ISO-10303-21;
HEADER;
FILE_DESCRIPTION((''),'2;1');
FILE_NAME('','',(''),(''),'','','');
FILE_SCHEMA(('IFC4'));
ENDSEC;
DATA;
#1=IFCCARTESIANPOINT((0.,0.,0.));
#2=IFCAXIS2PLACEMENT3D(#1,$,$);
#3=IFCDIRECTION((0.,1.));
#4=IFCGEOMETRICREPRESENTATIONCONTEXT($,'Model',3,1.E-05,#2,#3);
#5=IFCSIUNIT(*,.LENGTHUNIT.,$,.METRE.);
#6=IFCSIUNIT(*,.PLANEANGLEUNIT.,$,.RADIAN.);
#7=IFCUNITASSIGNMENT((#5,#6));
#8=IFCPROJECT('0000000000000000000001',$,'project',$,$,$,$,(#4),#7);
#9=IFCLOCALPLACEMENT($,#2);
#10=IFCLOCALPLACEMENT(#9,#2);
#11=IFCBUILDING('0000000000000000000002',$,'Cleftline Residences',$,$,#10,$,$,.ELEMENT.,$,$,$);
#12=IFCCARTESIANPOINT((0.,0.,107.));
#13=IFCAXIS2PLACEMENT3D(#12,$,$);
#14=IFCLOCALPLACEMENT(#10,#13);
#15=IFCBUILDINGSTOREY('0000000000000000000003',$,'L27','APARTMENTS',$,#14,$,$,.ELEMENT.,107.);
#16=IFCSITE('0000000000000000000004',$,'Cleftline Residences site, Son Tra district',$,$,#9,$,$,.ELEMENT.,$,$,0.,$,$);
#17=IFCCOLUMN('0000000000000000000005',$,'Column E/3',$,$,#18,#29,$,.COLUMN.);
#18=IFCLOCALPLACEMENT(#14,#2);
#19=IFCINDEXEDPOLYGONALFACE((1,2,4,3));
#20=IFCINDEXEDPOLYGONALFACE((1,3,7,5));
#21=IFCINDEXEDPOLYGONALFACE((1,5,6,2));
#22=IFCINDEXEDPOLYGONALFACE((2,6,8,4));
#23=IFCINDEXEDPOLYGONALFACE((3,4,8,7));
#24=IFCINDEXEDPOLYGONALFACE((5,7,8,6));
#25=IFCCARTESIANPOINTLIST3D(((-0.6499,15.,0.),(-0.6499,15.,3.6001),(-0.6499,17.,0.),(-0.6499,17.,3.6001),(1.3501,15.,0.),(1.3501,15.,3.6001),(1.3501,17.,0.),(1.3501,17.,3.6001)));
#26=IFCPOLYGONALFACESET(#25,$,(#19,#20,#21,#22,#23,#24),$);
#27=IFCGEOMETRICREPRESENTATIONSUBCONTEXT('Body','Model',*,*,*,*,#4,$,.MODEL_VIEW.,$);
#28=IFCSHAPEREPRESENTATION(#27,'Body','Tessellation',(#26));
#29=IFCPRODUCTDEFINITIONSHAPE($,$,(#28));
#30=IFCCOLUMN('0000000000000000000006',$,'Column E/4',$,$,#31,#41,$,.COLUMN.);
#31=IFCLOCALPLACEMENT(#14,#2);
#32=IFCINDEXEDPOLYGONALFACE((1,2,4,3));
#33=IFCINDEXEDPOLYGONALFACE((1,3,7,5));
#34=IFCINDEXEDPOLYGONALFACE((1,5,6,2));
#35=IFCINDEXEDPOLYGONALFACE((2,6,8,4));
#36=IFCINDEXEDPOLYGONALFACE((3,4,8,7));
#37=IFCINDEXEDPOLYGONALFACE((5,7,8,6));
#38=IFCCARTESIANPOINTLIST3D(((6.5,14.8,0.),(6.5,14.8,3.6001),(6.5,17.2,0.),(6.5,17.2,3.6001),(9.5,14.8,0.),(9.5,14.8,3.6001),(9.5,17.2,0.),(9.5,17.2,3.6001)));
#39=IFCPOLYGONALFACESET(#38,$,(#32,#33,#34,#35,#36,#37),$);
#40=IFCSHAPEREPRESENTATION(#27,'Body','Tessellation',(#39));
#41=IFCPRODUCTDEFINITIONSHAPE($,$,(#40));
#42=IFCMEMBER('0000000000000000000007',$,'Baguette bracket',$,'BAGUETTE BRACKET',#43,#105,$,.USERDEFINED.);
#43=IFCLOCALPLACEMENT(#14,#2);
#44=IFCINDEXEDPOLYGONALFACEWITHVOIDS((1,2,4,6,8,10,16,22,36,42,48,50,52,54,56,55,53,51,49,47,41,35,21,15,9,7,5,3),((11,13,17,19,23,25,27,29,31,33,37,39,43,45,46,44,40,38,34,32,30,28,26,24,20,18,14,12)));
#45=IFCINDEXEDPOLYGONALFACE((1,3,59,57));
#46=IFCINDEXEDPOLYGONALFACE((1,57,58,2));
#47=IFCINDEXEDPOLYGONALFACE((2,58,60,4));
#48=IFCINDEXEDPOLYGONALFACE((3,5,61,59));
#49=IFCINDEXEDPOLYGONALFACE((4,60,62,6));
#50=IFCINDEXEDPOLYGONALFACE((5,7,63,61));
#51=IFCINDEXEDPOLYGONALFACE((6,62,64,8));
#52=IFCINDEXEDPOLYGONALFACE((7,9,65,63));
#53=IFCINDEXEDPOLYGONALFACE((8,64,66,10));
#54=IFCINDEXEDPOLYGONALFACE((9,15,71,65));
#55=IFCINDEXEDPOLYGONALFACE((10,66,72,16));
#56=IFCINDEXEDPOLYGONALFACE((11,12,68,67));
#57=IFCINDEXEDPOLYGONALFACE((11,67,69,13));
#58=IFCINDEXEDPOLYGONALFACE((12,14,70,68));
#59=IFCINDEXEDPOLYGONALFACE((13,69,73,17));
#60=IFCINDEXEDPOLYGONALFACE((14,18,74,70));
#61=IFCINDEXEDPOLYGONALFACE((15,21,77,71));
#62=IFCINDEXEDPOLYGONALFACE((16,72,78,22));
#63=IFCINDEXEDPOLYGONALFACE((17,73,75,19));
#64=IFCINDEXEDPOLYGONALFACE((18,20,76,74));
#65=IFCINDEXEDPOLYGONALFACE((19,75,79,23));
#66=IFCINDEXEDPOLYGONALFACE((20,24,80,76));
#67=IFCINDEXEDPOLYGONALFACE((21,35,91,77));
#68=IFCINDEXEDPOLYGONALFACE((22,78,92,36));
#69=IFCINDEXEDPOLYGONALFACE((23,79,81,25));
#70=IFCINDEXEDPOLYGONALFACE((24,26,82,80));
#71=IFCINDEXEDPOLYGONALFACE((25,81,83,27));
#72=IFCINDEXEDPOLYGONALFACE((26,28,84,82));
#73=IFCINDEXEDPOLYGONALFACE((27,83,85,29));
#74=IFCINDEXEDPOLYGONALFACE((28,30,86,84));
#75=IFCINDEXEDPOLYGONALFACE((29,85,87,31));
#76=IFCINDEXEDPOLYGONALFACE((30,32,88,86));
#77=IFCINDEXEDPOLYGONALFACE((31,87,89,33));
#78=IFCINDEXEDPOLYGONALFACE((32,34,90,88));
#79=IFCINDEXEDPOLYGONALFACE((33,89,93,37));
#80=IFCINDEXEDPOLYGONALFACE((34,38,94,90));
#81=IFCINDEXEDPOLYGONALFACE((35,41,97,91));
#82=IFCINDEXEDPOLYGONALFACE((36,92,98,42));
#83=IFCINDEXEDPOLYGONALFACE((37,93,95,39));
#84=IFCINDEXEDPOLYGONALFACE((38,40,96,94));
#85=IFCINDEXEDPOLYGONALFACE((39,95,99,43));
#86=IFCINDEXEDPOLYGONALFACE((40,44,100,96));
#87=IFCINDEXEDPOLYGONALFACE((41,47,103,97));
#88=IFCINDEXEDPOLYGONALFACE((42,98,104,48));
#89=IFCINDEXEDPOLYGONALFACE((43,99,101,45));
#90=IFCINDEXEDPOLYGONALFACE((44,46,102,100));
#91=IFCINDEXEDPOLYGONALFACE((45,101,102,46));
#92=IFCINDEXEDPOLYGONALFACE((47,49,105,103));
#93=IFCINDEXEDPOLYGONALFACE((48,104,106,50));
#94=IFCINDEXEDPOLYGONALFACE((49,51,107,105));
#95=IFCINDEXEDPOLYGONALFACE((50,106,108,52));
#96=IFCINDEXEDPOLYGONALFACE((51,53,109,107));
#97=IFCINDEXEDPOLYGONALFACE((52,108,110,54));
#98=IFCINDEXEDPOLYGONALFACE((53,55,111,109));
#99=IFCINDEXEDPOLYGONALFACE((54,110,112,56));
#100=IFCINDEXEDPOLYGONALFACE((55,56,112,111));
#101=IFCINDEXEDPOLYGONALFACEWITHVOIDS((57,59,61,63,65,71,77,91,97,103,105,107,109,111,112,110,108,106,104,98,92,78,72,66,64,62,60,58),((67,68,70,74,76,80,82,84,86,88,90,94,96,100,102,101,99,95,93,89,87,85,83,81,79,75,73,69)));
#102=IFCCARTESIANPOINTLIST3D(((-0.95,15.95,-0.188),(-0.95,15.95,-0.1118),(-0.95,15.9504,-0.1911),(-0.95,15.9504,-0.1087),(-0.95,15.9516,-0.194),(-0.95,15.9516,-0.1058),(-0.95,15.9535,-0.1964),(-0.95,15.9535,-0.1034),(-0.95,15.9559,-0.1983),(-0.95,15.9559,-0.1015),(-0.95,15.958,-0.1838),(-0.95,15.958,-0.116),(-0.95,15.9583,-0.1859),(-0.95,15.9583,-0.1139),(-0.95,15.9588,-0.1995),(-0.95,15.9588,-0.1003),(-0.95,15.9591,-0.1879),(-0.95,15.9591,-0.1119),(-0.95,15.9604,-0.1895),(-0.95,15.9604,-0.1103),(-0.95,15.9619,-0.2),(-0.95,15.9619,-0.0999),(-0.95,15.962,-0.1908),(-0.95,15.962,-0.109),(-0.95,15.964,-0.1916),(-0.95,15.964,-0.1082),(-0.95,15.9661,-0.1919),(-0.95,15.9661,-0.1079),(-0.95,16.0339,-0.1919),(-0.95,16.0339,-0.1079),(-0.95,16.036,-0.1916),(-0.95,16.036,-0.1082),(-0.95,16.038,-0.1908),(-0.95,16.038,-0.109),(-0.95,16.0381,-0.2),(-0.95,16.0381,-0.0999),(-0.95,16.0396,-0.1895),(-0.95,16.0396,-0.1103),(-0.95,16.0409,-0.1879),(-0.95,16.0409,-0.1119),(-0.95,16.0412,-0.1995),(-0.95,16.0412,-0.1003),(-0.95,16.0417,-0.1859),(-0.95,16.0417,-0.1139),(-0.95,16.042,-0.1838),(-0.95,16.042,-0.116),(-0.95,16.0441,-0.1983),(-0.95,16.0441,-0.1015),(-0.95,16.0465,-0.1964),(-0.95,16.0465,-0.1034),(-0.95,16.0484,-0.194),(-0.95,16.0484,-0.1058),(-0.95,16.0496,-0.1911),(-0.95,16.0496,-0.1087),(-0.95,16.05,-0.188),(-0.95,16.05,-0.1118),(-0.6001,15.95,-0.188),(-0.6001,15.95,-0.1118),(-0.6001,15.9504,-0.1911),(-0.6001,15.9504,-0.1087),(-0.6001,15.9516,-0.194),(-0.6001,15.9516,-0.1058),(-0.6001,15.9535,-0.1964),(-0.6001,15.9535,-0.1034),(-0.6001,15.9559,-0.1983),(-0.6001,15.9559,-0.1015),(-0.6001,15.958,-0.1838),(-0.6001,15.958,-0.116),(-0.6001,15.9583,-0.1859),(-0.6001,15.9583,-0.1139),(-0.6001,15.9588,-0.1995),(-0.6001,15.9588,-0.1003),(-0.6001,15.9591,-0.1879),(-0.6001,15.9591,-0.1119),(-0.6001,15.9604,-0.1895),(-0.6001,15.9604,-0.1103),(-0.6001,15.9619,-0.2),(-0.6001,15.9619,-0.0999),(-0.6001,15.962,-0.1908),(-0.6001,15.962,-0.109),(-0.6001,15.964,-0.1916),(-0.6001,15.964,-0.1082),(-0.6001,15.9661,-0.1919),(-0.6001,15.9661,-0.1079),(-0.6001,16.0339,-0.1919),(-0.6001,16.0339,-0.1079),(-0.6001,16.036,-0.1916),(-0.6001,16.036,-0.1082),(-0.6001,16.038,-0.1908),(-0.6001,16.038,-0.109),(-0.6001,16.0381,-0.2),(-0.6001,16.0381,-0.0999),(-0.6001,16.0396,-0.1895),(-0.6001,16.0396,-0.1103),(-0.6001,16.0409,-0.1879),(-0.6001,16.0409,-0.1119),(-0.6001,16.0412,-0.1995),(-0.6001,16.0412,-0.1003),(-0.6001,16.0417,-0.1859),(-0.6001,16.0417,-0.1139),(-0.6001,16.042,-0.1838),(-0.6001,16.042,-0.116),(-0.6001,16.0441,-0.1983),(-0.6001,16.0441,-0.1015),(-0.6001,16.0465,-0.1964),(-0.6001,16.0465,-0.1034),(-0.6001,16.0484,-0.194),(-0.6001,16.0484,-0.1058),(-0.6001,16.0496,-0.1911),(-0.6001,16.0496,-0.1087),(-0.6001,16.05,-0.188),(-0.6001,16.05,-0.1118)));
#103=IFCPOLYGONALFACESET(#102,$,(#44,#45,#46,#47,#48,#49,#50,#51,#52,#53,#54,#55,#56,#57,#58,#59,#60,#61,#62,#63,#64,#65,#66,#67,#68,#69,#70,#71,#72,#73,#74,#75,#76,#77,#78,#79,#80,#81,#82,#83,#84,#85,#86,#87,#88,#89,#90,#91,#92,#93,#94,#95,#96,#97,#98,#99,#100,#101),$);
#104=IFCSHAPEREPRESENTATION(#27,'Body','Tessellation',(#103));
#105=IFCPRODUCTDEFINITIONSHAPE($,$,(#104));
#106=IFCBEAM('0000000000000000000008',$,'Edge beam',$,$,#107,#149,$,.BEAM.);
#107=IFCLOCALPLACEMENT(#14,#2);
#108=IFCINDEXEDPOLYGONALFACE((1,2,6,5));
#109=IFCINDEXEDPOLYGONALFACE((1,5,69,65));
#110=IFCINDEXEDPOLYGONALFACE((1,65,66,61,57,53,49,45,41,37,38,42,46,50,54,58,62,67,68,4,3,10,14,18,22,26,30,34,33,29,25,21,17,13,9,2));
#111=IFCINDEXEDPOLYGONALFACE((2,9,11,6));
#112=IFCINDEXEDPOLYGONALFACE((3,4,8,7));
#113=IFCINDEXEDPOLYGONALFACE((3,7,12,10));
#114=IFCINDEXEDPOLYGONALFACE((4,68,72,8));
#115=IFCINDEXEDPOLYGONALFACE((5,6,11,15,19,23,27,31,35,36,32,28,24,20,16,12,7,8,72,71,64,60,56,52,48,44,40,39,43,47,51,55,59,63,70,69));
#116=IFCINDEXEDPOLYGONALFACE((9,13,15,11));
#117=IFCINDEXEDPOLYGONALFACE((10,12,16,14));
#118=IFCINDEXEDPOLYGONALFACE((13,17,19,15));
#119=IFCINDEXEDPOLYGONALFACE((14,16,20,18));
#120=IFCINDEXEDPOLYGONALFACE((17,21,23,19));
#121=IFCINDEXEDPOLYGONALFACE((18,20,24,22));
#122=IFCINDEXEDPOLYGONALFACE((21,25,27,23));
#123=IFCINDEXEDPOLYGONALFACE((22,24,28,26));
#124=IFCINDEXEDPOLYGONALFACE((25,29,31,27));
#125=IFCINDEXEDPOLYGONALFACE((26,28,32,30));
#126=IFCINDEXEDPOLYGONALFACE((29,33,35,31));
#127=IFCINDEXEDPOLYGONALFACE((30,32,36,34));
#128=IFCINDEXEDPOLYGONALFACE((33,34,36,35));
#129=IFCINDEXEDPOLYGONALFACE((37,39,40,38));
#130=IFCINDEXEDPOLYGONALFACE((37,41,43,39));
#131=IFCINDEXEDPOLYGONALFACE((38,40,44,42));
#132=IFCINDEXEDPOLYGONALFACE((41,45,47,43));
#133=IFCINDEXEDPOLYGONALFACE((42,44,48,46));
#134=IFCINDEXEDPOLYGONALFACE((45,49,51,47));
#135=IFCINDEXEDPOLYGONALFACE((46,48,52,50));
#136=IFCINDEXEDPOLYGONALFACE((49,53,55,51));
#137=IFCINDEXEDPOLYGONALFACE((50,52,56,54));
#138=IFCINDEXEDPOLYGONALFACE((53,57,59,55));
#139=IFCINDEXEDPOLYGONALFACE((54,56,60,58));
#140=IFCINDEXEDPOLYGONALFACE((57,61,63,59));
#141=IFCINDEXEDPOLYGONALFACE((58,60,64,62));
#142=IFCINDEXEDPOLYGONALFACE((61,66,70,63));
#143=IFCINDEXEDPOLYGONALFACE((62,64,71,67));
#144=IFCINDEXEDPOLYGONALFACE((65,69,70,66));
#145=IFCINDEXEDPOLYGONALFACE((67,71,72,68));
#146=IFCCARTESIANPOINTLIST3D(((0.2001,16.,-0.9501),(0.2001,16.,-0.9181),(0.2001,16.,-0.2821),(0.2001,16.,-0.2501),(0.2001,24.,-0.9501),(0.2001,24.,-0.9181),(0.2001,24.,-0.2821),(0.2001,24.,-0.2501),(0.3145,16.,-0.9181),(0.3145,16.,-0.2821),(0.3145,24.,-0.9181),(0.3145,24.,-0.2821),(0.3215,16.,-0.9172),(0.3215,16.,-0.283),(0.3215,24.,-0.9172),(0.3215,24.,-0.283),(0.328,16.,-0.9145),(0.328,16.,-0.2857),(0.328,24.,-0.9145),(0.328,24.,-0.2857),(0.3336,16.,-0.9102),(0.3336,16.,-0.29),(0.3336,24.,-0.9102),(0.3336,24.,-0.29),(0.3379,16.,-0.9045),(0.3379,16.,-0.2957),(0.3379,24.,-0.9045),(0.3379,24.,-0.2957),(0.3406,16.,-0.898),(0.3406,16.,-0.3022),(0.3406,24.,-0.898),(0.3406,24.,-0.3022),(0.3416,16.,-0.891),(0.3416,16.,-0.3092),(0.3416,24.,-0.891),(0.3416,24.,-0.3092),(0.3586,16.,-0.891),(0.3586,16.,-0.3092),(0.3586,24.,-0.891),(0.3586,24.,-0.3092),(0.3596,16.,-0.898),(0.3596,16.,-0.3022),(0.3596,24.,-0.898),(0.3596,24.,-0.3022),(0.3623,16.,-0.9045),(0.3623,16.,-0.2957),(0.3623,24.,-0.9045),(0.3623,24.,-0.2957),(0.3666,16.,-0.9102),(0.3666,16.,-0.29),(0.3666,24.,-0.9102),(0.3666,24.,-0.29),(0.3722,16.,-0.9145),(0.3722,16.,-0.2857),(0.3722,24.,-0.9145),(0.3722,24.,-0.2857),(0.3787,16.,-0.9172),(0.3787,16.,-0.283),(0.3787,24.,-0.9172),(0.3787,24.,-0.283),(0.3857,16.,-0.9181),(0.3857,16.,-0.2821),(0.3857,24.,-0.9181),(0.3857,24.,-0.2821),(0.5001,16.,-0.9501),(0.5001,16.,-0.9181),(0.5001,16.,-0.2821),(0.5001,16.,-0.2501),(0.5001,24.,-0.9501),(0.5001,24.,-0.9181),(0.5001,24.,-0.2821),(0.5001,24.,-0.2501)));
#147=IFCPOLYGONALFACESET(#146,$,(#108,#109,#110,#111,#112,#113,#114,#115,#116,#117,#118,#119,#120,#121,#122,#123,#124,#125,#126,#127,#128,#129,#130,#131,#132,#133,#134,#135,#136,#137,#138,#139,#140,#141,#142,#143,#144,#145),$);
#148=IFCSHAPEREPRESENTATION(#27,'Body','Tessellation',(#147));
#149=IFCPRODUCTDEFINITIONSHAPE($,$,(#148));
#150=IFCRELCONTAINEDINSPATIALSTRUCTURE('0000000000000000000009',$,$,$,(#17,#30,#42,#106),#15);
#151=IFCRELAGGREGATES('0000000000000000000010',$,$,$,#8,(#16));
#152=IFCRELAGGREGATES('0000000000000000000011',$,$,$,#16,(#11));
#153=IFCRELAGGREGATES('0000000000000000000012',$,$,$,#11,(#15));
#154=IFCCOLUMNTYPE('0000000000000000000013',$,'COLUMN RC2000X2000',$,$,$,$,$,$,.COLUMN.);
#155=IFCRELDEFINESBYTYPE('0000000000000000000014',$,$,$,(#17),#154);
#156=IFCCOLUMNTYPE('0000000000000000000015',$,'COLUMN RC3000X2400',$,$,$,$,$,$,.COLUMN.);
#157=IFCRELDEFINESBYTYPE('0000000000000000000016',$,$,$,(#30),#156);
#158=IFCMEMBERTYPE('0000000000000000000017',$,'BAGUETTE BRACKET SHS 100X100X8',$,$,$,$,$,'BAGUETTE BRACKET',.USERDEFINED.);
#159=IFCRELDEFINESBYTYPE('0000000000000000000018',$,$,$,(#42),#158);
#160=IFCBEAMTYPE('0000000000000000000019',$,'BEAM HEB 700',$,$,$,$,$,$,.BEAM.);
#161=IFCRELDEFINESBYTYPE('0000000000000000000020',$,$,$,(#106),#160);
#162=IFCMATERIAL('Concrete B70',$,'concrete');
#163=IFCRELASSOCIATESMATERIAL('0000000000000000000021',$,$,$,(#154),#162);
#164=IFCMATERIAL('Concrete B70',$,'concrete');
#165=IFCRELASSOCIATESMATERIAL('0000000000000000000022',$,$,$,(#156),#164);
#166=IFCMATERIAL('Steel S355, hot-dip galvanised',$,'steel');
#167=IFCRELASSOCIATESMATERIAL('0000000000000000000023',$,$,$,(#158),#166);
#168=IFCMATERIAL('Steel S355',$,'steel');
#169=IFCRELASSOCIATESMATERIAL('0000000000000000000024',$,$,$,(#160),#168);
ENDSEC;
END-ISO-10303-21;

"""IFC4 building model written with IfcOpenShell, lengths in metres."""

from ifc_helpers import new_model, si_unit, direction, frame, origin, origin_2d, place, context, subcontext, project, spatial, rectangle, hollow_rectangle, i_section, extrude, material, material_profile, profile_set, type_object, element, save


model = new_model("IFC4")

# Units and contexts
model_context = context("Model", 3, precision=1e-05, world=origin(), true_north=direction((0.0, 1.0)))
body_context = subcontext(model_context, "Body", "Model", "MODEL_VIEW")
ifc_project = project(units=[si_unit("LENGTHUNIT", "METRE"), si_unit("PLANEANGLEUNIT", "RADIAN")], contexts=[model_context])

# Site, building, storey
site_placement = place(None, origin())
site = spatial("IfcSite", under=ifc_project, at=site_placement, Name="Cleftline Residences site, Son Tra district", CompositionType="ELEMENT", RefElevation=0.0)
building_placement = place(site_placement, origin())
building = spatial("IfcBuilding", under=site, at=building_placement, Name="Cleftline Residences", CompositionType="ELEMENT")
storey_placement = place(building_placement, frame((0.0, 0.0, 107.0)))
storey = spatial("IfcBuildingStorey", under=building, at=storey_placement, Name="L27", Description="APARTMENTS", CompositionType="ELEMENT", Elevation=107.0)

# Columns
ifc_material_1 = material(Name="Concrete B70", Category="concrete")
ifc_material_profile_1 = material_profile(ifc_material_1, rectangle(XDim=2.0, YDim=2.0, at=origin_2d()))
ifc_profile_set_1 = profile_set([ifc_material_profile_1], Name="Concrete B70")
column_type_1 = type_object("IfcColumnType", Name="COLUMN RC2000X2000", PredefinedType="COLUMN", material=ifc_profile_set_1)
column_1_placement = place(storey_placement, frame((0.3501, 16.0, 0.0), z_axis=(0.0, 0.0, 1.0), x_axis=(1.0, 0.0, 0.0)))
element("IfcColumn", 1, at=column_1_placement, inside=storey, type_object=column_type_1, Name="Column E/3", PredefinedType="COLUMN", context=body_context, shape_type="SweptSolid", body=[
    extrude(rectangle(XDim=2.0, YDim=2.0, at=origin_2d()), origin(), (0.0, 0.0, 1.0), 3.6001),
])
ifc_material_2 = material(Name="Concrete B70", Category="concrete")
ifc_material_profile_2 = material_profile(ifc_material_2, rectangle(XDim=3.0, YDim=2.3999, at=origin_2d()))
ifc_profile_set_2 = profile_set([ifc_material_profile_2], Name="Concrete B70")
column_type_2 = type_object("IfcColumnType", Name="COLUMN RC3000X2400", PredefinedType="COLUMN", material=ifc_profile_set_2)
column_2_placement = place(storey_placement, frame((8.0, 16.0, 0.0), z_axis=(0.0, 0.0, 1.0), x_axis=(1.0, 0.0, 0.0)))
element("IfcColumn", 2, at=column_2_placement, inside=storey, type_object=column_type_2, Name="Column E/4", PredefinedType="COLUMN", context=body_context, shape_type="SweptSolid", body=[
    extrude(rectangle(XDim=3.0, YDim=2.3999, at=origin_2d()), origin(), (0.0, 0.0, 1.0), 3.6001),
])

# Member
ifc_material_3 = material(Name="Steel S355, hot-dip galvanised", Category="steel")
ifc_material_profile_3 = material_profile(ifc_material_3, hollow_rectangle(XDim=0.1001, YDim=0.1001, WallThickness=0.0081, InnerFilletRadius=0.0081, OuterFilletRadius=0.012, at=origin_2d()))
ifc_profile_set_3 = profile_set([ifc_material_profile_3], Name="Steel S355, hot-dip galvanised")
member_type_1 = type_object("IfcMemberType", Name="BAGUETTE BRACKET SHS 100X100X8", ElementType="BAGUETTE BRACKET", PredefinedType="USERDEFINED", material=ifc_profile_set_3)
member_placement = place(storey_placement, frame((-0.6001, 16.0, -0.1499), z_axis=(-1.0, 0.0, 0.0), x_axis=(0.0, -1.0, 0.0)))
element("IfcMember", 3, at=member_placement, inside=storey, type_object=member_type_1, Name="Baguette bracket", ObjectType="BAGUETTE BRACKET", PredefinedType="USERDEFINED", context=body_context, shape_type="SweptSolid", body=[
    extrude(hollow_rectangle(XDim=0.1001, YDim=0.1001, WallThickness=0.0081, InnerFilletRadius=0.0081, OuterFilletRadius=0.012, at=origin_2d()), origin(), (0.0, 0.0, 1.0), 0.3499),
])

# Beam
ifc_material_4 = material(Name="Steel S355", Category="steel")
ifc_material_profile_4 = material_profile(ifc_material_4, i_section(OverallWidth=0.3, OverallDepth=0.7, WebThickness=0.0171, FlangeThickness=0.032, FilletRadius=0.0271, at=origin_2d()))
ifc_profile_set_4 = profile_set([ifc_material_profile_4], Name="Steel S355")
beam_type_1 = type_object("IfcBeamType", Name="BEAM HEB 700", PredefinedType="BEAM", material=ifc_profile_set_4)
beam_1_placement = place(storey_placement, frame((0.3501, 16.0, -0.6001), z_axis=(0.0, 1.0, 0.0), x_axis=(-1.0, 0.0, 0.0)))
element("IfcBeam", 4, at=beam_1_placement, inside=storey, type_object=beam_type_1, Name="Edge beam", PredefinedType="BEAM", context=body_context, shape_type="SweptSolid", body=[
    extrude(i_section(OverallWidth=0.3, OverallDepth=0.7, WebThickness=0.0171, FlangeThickness=0.032, FilletRadius=0.0271, at=origin_2d()), origin(), (0.0, 0.0, 1.0), 8.0),
])

save(model, "model.ifc")
